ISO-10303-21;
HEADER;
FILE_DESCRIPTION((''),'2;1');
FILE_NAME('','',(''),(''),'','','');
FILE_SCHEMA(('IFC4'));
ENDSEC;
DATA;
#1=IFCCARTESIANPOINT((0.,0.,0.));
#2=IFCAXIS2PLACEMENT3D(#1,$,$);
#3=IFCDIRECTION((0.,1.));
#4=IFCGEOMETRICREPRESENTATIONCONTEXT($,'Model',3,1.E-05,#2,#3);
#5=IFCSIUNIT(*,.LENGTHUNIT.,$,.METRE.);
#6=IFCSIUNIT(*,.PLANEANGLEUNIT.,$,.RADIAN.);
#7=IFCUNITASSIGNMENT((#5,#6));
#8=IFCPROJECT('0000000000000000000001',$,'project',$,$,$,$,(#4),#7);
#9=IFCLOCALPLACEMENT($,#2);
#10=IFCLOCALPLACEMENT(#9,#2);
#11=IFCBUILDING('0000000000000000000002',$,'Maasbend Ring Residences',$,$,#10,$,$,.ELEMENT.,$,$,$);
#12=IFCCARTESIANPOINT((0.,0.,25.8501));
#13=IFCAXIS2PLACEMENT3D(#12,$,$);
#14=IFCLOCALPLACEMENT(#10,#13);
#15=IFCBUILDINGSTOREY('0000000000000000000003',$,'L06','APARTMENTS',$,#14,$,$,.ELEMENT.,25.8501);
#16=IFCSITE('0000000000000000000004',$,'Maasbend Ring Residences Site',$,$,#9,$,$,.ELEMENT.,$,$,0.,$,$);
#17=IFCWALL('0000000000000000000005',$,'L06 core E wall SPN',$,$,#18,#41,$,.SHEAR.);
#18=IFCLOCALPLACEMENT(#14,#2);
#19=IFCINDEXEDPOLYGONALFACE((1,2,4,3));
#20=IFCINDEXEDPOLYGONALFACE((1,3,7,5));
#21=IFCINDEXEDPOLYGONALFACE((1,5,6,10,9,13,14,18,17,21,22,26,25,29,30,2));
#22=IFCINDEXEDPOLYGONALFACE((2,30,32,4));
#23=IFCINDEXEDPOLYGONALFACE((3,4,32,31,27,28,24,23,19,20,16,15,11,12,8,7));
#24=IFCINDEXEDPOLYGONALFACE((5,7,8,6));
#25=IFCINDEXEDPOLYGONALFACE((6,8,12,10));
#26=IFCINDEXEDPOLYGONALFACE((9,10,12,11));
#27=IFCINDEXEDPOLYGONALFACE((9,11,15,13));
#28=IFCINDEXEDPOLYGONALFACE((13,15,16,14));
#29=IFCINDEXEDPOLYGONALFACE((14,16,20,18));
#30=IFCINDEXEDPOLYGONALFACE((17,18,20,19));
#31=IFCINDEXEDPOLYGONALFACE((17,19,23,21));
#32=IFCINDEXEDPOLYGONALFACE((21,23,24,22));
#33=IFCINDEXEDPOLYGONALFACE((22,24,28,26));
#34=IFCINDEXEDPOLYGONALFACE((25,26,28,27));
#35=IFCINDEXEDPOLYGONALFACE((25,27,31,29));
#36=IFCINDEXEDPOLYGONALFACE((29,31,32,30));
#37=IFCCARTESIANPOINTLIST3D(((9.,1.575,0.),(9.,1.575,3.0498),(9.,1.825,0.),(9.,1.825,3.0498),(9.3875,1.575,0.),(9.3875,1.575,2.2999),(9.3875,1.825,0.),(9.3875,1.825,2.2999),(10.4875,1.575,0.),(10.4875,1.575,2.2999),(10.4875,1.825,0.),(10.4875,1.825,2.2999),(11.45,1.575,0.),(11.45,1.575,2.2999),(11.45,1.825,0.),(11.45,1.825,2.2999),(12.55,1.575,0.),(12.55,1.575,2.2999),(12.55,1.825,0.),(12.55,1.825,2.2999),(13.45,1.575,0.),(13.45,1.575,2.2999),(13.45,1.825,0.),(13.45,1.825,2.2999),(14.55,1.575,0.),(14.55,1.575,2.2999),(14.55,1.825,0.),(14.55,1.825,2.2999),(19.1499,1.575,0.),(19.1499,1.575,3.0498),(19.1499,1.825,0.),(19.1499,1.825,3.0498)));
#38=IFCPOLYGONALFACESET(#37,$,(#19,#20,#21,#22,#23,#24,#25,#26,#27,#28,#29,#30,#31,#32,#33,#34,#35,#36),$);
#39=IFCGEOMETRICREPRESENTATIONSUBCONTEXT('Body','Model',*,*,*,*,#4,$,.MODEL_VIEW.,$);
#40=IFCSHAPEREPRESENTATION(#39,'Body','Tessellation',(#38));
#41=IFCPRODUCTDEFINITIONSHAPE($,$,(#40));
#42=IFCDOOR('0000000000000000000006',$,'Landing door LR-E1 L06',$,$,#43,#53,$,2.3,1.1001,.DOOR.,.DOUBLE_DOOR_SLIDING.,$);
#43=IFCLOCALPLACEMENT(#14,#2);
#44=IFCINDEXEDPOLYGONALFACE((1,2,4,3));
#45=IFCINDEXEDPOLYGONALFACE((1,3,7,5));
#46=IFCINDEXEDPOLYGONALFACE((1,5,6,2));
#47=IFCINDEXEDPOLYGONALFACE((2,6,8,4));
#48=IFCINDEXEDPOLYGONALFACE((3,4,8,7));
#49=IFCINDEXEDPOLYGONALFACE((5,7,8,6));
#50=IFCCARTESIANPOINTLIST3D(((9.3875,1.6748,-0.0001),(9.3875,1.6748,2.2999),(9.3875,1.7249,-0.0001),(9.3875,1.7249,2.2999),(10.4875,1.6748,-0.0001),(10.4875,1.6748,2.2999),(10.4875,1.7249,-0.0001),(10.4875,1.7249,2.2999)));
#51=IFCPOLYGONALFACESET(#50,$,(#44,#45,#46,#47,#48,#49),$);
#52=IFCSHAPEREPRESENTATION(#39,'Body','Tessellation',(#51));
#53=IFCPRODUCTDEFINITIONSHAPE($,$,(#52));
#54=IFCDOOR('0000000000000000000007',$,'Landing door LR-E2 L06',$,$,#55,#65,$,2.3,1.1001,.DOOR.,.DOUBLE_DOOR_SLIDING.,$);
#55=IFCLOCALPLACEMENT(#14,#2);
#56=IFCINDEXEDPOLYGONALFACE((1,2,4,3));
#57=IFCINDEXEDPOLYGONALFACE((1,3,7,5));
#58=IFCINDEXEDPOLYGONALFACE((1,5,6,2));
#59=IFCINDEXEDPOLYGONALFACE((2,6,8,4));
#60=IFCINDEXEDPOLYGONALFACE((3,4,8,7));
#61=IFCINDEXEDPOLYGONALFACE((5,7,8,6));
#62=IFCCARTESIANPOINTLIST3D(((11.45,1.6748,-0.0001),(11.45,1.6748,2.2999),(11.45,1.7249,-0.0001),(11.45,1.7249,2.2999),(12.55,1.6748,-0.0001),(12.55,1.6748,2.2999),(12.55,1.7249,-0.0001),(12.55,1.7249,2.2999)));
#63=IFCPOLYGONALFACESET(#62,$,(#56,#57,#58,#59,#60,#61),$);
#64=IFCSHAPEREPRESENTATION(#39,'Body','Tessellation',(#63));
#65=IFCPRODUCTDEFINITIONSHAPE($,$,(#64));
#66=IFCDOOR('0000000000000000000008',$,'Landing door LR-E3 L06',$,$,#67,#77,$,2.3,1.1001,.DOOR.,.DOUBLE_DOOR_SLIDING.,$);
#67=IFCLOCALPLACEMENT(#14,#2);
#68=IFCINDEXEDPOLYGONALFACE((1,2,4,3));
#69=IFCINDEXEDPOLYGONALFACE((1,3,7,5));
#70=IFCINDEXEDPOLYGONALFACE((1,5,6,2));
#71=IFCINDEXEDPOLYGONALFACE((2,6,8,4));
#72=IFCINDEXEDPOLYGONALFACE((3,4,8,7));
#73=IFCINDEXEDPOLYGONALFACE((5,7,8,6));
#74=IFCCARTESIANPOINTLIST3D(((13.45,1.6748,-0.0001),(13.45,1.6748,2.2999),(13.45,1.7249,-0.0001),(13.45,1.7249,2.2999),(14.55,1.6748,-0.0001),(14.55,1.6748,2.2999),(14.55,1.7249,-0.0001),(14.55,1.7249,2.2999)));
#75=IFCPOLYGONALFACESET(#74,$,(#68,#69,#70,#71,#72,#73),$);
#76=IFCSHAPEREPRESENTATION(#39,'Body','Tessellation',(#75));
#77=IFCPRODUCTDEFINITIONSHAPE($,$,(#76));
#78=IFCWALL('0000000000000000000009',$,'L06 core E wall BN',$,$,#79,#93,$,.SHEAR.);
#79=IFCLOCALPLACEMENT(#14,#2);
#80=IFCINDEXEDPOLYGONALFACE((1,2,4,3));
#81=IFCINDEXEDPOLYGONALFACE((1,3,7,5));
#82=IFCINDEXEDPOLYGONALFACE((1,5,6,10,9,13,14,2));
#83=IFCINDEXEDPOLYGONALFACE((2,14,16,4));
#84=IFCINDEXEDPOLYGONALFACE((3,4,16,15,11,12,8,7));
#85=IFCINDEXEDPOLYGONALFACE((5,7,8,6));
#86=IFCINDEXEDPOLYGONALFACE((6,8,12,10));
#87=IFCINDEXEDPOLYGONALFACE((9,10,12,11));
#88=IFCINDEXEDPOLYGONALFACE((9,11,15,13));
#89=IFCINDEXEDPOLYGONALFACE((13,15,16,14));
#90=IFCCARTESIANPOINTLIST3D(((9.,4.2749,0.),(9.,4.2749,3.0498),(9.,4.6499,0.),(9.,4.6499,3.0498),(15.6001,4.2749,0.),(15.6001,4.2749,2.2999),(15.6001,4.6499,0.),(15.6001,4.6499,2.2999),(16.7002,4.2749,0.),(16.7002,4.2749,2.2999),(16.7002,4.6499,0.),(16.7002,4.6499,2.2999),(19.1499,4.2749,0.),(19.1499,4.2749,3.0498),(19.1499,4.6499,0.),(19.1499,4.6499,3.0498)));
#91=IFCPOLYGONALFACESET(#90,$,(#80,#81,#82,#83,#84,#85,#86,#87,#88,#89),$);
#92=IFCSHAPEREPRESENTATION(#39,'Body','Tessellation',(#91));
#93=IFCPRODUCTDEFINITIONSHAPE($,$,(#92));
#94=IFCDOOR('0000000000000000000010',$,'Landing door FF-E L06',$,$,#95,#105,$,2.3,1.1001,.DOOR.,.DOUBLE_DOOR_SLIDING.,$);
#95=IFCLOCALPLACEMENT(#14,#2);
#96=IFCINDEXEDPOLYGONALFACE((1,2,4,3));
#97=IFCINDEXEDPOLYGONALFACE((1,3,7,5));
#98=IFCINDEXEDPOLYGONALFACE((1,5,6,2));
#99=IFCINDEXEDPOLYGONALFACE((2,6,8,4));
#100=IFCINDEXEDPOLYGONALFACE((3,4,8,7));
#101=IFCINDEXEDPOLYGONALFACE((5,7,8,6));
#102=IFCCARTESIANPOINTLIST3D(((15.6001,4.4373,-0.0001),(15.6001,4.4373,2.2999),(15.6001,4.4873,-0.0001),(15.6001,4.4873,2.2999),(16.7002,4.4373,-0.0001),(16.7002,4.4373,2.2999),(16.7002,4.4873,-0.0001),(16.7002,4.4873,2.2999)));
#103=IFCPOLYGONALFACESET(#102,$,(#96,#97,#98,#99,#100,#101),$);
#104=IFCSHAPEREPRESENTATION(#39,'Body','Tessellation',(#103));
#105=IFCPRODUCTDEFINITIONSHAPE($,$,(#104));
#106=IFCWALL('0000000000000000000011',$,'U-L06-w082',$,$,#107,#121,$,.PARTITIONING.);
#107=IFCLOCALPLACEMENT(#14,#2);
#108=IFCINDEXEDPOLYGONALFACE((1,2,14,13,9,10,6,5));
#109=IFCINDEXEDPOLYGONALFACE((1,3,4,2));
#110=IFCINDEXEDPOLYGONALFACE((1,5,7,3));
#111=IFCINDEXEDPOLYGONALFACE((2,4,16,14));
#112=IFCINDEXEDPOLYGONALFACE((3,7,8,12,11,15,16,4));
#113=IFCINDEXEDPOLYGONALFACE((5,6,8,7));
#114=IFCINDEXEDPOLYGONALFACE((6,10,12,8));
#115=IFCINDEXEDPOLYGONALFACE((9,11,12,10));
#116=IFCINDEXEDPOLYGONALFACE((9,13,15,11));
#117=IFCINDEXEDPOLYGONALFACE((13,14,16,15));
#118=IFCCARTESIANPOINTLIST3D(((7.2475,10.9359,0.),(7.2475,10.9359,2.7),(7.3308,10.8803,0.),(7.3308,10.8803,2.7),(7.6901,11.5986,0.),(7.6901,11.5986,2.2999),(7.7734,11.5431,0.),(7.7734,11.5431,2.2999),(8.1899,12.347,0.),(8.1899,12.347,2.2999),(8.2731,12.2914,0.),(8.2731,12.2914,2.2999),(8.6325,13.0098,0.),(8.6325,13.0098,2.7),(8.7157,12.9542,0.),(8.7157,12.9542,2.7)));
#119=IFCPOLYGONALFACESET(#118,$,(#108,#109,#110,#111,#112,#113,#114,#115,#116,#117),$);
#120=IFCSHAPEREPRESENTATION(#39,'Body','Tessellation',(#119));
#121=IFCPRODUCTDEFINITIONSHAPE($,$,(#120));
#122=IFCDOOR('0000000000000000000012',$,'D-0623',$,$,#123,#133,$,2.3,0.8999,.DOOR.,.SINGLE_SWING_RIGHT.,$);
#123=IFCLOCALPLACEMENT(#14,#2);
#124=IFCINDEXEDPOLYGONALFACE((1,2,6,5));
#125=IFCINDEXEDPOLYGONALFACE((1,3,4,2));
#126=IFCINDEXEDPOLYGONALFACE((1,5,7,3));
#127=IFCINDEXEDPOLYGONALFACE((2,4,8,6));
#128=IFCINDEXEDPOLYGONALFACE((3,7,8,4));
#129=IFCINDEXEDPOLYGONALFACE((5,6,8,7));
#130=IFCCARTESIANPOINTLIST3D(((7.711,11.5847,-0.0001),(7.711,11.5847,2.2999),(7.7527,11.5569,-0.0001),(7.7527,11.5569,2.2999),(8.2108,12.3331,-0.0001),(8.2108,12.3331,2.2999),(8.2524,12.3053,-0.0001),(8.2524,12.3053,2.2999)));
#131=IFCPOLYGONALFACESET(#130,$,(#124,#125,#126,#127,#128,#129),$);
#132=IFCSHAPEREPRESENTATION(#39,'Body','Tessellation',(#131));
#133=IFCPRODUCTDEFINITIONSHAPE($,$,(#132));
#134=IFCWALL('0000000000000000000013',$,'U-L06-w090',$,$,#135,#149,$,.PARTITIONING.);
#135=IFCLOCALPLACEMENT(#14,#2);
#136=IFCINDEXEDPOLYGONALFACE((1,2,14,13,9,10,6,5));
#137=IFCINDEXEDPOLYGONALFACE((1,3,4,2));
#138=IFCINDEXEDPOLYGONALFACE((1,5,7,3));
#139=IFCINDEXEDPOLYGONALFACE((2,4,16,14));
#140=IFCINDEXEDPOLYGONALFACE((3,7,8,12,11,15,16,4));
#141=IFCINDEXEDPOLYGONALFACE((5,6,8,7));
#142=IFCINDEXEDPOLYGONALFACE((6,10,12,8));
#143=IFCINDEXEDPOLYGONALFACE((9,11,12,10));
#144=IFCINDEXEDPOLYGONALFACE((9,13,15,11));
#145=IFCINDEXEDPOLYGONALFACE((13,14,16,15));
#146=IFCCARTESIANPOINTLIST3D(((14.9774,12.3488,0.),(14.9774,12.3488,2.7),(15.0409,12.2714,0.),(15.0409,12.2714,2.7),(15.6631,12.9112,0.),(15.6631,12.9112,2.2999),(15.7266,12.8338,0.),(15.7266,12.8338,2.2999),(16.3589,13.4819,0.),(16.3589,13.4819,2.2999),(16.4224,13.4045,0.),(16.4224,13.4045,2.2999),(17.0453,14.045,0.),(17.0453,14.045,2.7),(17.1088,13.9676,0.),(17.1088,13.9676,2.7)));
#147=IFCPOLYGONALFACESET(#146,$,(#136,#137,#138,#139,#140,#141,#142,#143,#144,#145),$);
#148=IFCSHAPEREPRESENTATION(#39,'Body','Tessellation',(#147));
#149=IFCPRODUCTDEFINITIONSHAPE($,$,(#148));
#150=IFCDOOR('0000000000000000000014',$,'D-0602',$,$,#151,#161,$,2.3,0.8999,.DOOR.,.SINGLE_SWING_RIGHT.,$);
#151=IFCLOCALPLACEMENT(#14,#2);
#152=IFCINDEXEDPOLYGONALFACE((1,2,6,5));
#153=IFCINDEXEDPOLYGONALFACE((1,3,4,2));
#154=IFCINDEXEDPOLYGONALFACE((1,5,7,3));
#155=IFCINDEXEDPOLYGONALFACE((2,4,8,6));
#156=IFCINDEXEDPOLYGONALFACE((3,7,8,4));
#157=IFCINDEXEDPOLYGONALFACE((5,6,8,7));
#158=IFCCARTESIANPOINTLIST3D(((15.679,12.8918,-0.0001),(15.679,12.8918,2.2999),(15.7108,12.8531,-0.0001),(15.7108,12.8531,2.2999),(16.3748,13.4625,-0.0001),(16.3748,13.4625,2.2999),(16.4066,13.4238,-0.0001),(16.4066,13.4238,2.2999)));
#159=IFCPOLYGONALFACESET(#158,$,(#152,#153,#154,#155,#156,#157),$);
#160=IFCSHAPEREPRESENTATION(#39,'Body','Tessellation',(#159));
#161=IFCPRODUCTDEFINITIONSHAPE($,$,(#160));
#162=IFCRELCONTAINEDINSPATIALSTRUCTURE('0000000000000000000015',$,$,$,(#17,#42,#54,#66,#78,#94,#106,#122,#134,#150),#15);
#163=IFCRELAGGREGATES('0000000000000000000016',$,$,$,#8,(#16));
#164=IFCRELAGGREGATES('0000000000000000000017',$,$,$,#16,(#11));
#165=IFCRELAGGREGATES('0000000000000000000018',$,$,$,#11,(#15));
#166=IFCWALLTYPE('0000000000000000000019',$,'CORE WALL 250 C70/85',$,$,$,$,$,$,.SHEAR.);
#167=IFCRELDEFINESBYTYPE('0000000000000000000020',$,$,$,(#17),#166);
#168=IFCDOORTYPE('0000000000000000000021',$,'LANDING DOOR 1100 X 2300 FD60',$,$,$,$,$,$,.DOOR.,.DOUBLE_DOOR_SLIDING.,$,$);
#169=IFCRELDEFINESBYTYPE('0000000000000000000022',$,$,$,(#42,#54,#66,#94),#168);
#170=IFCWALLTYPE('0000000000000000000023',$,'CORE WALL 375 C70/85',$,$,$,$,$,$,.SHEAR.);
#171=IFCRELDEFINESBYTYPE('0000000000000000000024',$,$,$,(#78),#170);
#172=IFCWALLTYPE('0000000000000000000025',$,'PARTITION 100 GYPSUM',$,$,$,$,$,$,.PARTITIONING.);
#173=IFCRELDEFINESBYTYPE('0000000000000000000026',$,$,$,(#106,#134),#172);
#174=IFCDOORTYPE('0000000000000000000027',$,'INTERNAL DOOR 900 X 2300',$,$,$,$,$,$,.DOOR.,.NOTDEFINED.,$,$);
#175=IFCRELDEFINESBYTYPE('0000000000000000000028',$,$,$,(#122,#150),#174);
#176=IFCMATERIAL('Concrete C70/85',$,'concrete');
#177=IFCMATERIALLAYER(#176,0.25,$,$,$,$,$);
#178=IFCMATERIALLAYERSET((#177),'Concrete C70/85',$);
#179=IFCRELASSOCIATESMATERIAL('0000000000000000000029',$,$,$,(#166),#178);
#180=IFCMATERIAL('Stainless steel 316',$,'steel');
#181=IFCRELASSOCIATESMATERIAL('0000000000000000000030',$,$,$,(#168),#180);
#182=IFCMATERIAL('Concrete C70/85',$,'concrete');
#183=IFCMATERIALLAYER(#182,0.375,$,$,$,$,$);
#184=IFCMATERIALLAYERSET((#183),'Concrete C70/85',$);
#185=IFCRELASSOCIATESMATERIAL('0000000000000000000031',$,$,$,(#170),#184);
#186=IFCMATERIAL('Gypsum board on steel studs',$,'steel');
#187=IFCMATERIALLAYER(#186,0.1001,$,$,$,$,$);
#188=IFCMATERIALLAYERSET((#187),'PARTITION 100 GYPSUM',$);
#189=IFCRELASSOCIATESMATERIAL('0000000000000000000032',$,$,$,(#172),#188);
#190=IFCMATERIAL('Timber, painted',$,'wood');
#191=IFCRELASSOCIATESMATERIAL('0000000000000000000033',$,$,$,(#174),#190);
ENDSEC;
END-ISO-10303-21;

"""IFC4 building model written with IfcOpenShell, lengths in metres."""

from ifc_helpers import new_model, si_unit, direction, frame, frame_2d, origin, place, context, subcontext, project, spatial, rectangle, extrude, material, layer, layer_set, type_object, element, fill, save


model = new_model("IFC4")

# Units and contexts
model_context = context("Model", 3, precision=1e-05, world=origin(), true_north=direction((0.0, 1.0)))
body_context = subcontext(model_context, "Body", "Model", "MODEL_VIEW")
ifc_project = project(units=[si_unit("LENGTHUNIT", "METRE"), si_unit("PLANEANGLEUNIT", "RADIAN")], contexts=[model_context])

# Site, building, storey
site_placement = place(None, origin())
site = spatial("IfcSite", under=ifc_project, at=site_placement, Name="Maasbend Ring Residences Site", CompositionType="ELEMENT", RefElevation=0.0)
building_placement = place(site_placement, origin())
building = spatial("IfcBuilding", under=site, at=building_placement, Name="Maasbend Ring Residences", CompositionType="ELEMENT")
storey_placement = place(building_placement, frame((0.0, 0.0, 25.8501)))
storey = spatial("IfcBuildingStorey", under=building, at=storey_placement, Name="L06", Description="APARTMENTS", CompositionType="ELEMENT", Elevation=25.8501)

# Wall, openings, doors
ifc_material_1 = material(Name="Concrete C70/85", Category="concrete")
ifc_layer_1 = layer(ifc_material_1, 0.25)
ifc_layer_set_1 = layer_set([ifc_layer_1], Name="Concrete C70/85")
wall_type_1 = type_object("IfcWallType", Name="CORE WALL 250 C70/85", PredefinedType="SHEAR", material=ifc_layer_set_1)
wall_1_placement = place(storey_placement, frame((9.0, 1.7, 0.0), z_axis=(0.0, 0.0, 1.0), x_axis=(1.0, 0.0, 0.0)))
wall_1 = element("IfcWall", 1, at=wall_1_placement, inside=storey, type_object=wall_type_1, Name="L06 core E wall SPN", PredefinedType="SHEAR", context=body_context, shape_type="SweptSolid", body=[
    extrude(rectangle(XDim=10.1499, YDim=0.25, at=frame_2d((5.075, 0.0))), origin(), (0.0, 0.0, 1.0), 3.0498),
])
opening_1_placement = place(wall_1_placement, frame((0.3875, 0.0, 0.0)))
opening_1 = element("IfcOpeningElement", 2, at=opening_1_placement, cuts=wall_1, PredefinedType="OPENING", context=body_context, shape_type="SweptSolid", body=[
    extrude(rectangle(XDim=1.1001, YDim=2.3, at=frame_2d((0.55, 1.1499))), frame((0.0, 0.135, 0.0), z_axis=(0.0, -1.0, 0.0), x_axis=(1.0, 0.0, 0.0)), (0.0, 0.0, 1.0), 0.27),
])
opening_2_placement = place(wall_1_placement, frame((2.45, 0.0, 0.0)))
opening_2 = element("IfcOpeningElement", 3, at=opening_2_placement, cuts=wall_1, PredefinedType="OPENING", context=body_context, shape_type="SweptSolid", body=[
    extrude(rectangle(XDim=1.1001, YDim=2.3, at=frame_2d((0.55, 1.1499))), frame((0.0, 0.135, 0.0), z_axis=(0.0, -1.0, 0.0), x_axis=(1.0, 0.0, 0.0)), (0.0, 0.0, 1.0), 0.27),
])
opening_3_placement = place(wall_1_placement, frame((4.45, 0.0, 0.0)))
opening_3 = element("IfcOpeningElement", 4, at=opening_3_placement, cuts=wall_1, PredefinedType="OPENING", context=body_context, shape_type="SweptSolid", body=[
    extrude(rectangle(XDim=1.1001, YDim=2.3, at=frame_2d((0.55, 1.1499))), frame((0.0, 0.135, 0.0), z_axis=(0.0, -1.0, 0.0), x_axis=(1.0, 0.0, 0.0)), (0.0, 0.0, 1.0), 0.27),
])
ifc_material_2 = material(Name="Stainless steel 316", Category="steel")
door_type_1 = type_object("IfcDoorType", Name="LANDING DOOR 1100 X 2300 FD60", OperationType="DOUBLE_DOOR_SLIDING", PredefinedType="DOOR", material=ifc_material_2)
door_1_placement = place(opening_1_placement, origin())
door_1 = element("IfcDoor", 5, at=door_1_placement, inside=storey, type_object=door_type_1, Name="Landing door LR-E1 L06", OperationType="DOUBLE_DOOR_SLIDING", OverallHeight=2.3, OverallWidth=1.1001, PredefinedType="DOOR", context=body_context, shape_type="SweptSolid", body=[
    extrude(rectangle(XDim=1.1001, YDim=2.3, at=frame_2d((0.55, 1.1499))), frame((0.0, 0.0249, 0.0), z_axis=(0.0, -1.0, 0.0), x_axis=(1.0, 0.0, 0.0)), (0.0, 0.0, 1.0), 0.05),
])
fill(opening_1, door_1)
door_2_placement = place(opening_2_placement, origin())
door_2 = element("IfcDoor", 6, at=door_2_placement, inside=storey, type_object=door_type_1, Name="Landing door LR-E2 L06", OperationType="DOUBLE_DOOR_SLIDING", OverallHeight=2.3, OverallWidth=1.1001, PredefinedType="DOOR", context=body_context, shape_type="SweptSolid", body=[
    extrude(rectangle(XDim=1.1001, YDim=2.3, at=frame_2d((0.55, 1.1499))), frame((0.0, 0.0249, 0.0), z_axis=(0.0, -1.0, 0.0), x_axis=(1.0, 0.0, 0.0)), (0.0, 0.0, 1.0), 0.05),
])
fill(opening_2, door_2)
door_3_placement = place(opening_3_placement, origin())
door_3 = element("IfcDoor", 7, at=door_3_placement, inside=storey, type_object=door_type_1, Name="Landing door LR-E3 L06", OperationType="DOUBLE_DOOR_SLIDING", OverallHeight=2.3, OverallWidth=1.1001, PredefinedType="DOOR", context=body_context, shape_type="SweptSolid", body=[
    extrude(rectangle(XDim=1.1001, YDim=2.3, at=frame_2d((0.55, 1.1499))), frame((0.0, 0.0249, 0.0), z_axis=(0.0, -1.0, 0.0), x_axis=(1.0, 0.0, 0.0)), (0.0, 0.0, 1.0), 0.05),
])
fill(opening_3, door_3)

# Walls, openings, doors
ifc_material_3 = material(Name="Concrete C70/85", Category="concrete")
ifc_layer_2 = layer(ifc_material_3, 0.375)
ifc_layer_set_2 = layer_set([ifc_layer_2], Name="Concrete C70/85")
wall_type_2 = type_object("IfcWallType", Name="CORE WALL 375 C70/85", PredefinedType="SHEAR", material=ifc_layer_set_2)
wall_2_placement = place(storey_placement, frame((9.0, 4.4624, 0.0), z_axis=(0.0, 0.0, 1.0), x_axis=(1.0, 0.0, 0.0)))
wall_2 = element("IfcWall", 8, at=wall_2_placement, inside=storey, type_object=wall_type_2, Name="L06 core E wall BN", PredefinedType="SHEAR", context=body_context, shape_type="SweptSolid", body=[
    extrude(rectangle(XDim=10.1499, YDim=0.375, at=frame_2d((5.075, 0.0))), origin(), (0.0, 0.0, 1.0), 3.0498),
])
opening_4_placement = place(wall_2_placement, frame((6.6001, 0.0, 0.0)))
opening_4 = element("IfcOpeningElement", 9, at=opening_4_placement, cuts=wall_2, PredefinedType="OPENING", context=body_context, shape_type="SweptSolid", body=[
    extrude(rectangle(XDim=1.1001, YDim=2.3, at=frame_2d((0.55, 1.1499))), frame((0.0, 0.1975, 0.0), z_axis=(0.0, -1.0, 0.0), x_axis=(1.0, 0.0, 0.0)), (0.0, 0.0, 1.0), 0.395),
])
door_4_placement = place(opening_4_placement, origin())
door_4 = element("IfcDoor", 10, at=door_4_placement, inside=storey, type_object=door_type_1, Name="Landing door FF-E L06", OperationType="DOUBLE_DOOR_SLIDING", OverallHeight=2.3, OverallWidth=1.1001, PredefinedType="DOOR", context=body_context, shape_type="SweptSolid", body=[
    extrude(rectangle(XDim=1.1001, YDim=2.3, at=frame_2d((0.55, 1.1499))), frame((0.0, 0.0249, 0.0), z_axis=(0.0, -1.0, 0.0), x_axis=(1.0, 0.0, 0.0)), (0.0, 0.0, 1.0), 0.05),
])
fill(opening_4, door_4)
ifc_material_4 = material(Name="Gypsum board on steel studs", Category="steel")
ifc_layer_3 = layer(ifc_material_4, 0.1001)
ifc_layer_set_3 = layer_set([ifc_layer_3], Name="PARTITION 100 GYPSUM")
wall_type_3 = type_object("IfcWallType", Name="PARTITION 100 GYPSUM", PredefinedType="PARTITIONING", material=ifc_layer_set_3)
wall_3_placement = place(storey_placement, frame((7.2891, 10.908, 0.0), z_axis=(0.0, 0.0, 1.0), x_axis=(0.555355, 0.831613, 0.0)))
wall_3 = element("IfcWall", 11, at=wall_3_placement, inside=storey, type_object=wall_type_3, Name="U-L06-w082", PredefinedType="PARTITIONING", context=body_context, shape_type="SweptSolid", body=[
    extrude(rectangle(XDim=2.4939, YDim=0.1001, at=frame_2d((1.2471, 0.0))), origin(), (0.0, 0.0, 1.0), 2.7),
])
opening_5_placement = place(wall_3_placement, frame((0.7971, 0.0, 0.0)))
opening_5 = element("IfcOpeningElement", 12, at=opening_5_placement, cuts=wall_3, PredefinedType="OPENING", context=body_context, shape_type="SweptSolid", body=[
    extrude(rectangle(XDim=0.8999, YDim=2.3, at=frame_2d((0.45, 1.1499))), frame((0.0, 0.0601, 0.0), z_axis=(0.0, -1.0, 0.0), x_axis=(1.0, 0.0, 0.0)), (0.0, 0.0, 1.0), 0.1201),
])
ifc_material_5 = material(Name="Timber, painted", Category="wood")
door_type_2 = type_object("IfcDoorType", Name="INTERNAL DOOR 900 X 2300", OperationType="NOTDEFINED", PredefinedType="DOOR", material=ifc_material_5)
door_5_placement = place(opening_5_placement, origin())
door_5 = element("IfcDoor", 13, at=door_5_placement, inside=storey, type_object=door_type_2, Name="D-0623", OperationType="SINGLE_SWING_RIGHT", OverallHeight=2.3, OverallWidth=0.8999, PredefinedType="DOOR", context=body_context, shape_type="SweptSolid", body=[
    extrude(rectangle(XDim=0.8999, YDim=2.3, at=frame_2d((0.45, 1.1499))), frame((0.0, 0.0249, 0.0), z_axis=(0.0, -1.0, 0.0), x_axis=(1.0, 0.0, 0.0)), (0.0, 0.0, 1.0), 0.05),
])
fill(opening_5, door_5)
wall_4_placement = place(storey_placement, frame((15.009, 12.3101, 0.0), z_axis=(0.0, 0.0, 1.0), x_axis=(0.773196, 0.634167, 0.0)))
wall_4 = element("IfcWall", 14, at=wall_4_placement, inside=storey, type_object=wall_type_3, Name="U-L06-w090", PredefinedType="PARTITIONING", context=body_context, shape_type="SweptSolid", body=[
    extrude(rectangle(XDim=2.6746, YDim=0.1001, at=frame_2d((1.3374, 0.0))), origin(), (0.0, 0.0, 1.0), 2.7),
])
opening_6_placement = place(wall_4_placement, frame((0.887, 0.0, 0.0)))
opening_6 = element("IfcOpeningElement", 15, at=opening_6_placement, cuts=wall_4, PredefinedType="OPENING", context=body_context, shape_type="SweptSolid", body=[
    extrude(rectangle(XDim=0.8999, YDim=2.3, at=frame_2d((0.45, 1.1499))), frame((0.0, 0.0601, 0.0), z_axis=(0.0, -1.0, 0.0), x_axis=(1.0, 0.0, 0.0)), (0.0, 0.0, 1.0), 0.1201),
])
door_6_placement = place(opening_6_placement, origin())
door_6 = element("IfcDoor", 16, at=door_6_placement, inside=storey, type_object=door_type_2, Name="D-0602", OperationType="SINGLE_SWING_RIGHT", OverallHeight=2.3, OverallWidth=0.8999, PredefinedType="DOOR", context=body_context, shape_type="SweptSolid", body=[
    extrude(rectangle(XDim=0.8999, YDim=2.3, at=frame_2d((0.45, 1.1499))), frame((0.0, 0.0249, 0.0), z_axis=(0.0, -1.0, 0.0), x_axis=(1.0, 0.0, 0.0)), (0.0, 0.0, 1.0), 0.05),
])
fill(opening_6, door_6)

save(model, "model.ifc")
